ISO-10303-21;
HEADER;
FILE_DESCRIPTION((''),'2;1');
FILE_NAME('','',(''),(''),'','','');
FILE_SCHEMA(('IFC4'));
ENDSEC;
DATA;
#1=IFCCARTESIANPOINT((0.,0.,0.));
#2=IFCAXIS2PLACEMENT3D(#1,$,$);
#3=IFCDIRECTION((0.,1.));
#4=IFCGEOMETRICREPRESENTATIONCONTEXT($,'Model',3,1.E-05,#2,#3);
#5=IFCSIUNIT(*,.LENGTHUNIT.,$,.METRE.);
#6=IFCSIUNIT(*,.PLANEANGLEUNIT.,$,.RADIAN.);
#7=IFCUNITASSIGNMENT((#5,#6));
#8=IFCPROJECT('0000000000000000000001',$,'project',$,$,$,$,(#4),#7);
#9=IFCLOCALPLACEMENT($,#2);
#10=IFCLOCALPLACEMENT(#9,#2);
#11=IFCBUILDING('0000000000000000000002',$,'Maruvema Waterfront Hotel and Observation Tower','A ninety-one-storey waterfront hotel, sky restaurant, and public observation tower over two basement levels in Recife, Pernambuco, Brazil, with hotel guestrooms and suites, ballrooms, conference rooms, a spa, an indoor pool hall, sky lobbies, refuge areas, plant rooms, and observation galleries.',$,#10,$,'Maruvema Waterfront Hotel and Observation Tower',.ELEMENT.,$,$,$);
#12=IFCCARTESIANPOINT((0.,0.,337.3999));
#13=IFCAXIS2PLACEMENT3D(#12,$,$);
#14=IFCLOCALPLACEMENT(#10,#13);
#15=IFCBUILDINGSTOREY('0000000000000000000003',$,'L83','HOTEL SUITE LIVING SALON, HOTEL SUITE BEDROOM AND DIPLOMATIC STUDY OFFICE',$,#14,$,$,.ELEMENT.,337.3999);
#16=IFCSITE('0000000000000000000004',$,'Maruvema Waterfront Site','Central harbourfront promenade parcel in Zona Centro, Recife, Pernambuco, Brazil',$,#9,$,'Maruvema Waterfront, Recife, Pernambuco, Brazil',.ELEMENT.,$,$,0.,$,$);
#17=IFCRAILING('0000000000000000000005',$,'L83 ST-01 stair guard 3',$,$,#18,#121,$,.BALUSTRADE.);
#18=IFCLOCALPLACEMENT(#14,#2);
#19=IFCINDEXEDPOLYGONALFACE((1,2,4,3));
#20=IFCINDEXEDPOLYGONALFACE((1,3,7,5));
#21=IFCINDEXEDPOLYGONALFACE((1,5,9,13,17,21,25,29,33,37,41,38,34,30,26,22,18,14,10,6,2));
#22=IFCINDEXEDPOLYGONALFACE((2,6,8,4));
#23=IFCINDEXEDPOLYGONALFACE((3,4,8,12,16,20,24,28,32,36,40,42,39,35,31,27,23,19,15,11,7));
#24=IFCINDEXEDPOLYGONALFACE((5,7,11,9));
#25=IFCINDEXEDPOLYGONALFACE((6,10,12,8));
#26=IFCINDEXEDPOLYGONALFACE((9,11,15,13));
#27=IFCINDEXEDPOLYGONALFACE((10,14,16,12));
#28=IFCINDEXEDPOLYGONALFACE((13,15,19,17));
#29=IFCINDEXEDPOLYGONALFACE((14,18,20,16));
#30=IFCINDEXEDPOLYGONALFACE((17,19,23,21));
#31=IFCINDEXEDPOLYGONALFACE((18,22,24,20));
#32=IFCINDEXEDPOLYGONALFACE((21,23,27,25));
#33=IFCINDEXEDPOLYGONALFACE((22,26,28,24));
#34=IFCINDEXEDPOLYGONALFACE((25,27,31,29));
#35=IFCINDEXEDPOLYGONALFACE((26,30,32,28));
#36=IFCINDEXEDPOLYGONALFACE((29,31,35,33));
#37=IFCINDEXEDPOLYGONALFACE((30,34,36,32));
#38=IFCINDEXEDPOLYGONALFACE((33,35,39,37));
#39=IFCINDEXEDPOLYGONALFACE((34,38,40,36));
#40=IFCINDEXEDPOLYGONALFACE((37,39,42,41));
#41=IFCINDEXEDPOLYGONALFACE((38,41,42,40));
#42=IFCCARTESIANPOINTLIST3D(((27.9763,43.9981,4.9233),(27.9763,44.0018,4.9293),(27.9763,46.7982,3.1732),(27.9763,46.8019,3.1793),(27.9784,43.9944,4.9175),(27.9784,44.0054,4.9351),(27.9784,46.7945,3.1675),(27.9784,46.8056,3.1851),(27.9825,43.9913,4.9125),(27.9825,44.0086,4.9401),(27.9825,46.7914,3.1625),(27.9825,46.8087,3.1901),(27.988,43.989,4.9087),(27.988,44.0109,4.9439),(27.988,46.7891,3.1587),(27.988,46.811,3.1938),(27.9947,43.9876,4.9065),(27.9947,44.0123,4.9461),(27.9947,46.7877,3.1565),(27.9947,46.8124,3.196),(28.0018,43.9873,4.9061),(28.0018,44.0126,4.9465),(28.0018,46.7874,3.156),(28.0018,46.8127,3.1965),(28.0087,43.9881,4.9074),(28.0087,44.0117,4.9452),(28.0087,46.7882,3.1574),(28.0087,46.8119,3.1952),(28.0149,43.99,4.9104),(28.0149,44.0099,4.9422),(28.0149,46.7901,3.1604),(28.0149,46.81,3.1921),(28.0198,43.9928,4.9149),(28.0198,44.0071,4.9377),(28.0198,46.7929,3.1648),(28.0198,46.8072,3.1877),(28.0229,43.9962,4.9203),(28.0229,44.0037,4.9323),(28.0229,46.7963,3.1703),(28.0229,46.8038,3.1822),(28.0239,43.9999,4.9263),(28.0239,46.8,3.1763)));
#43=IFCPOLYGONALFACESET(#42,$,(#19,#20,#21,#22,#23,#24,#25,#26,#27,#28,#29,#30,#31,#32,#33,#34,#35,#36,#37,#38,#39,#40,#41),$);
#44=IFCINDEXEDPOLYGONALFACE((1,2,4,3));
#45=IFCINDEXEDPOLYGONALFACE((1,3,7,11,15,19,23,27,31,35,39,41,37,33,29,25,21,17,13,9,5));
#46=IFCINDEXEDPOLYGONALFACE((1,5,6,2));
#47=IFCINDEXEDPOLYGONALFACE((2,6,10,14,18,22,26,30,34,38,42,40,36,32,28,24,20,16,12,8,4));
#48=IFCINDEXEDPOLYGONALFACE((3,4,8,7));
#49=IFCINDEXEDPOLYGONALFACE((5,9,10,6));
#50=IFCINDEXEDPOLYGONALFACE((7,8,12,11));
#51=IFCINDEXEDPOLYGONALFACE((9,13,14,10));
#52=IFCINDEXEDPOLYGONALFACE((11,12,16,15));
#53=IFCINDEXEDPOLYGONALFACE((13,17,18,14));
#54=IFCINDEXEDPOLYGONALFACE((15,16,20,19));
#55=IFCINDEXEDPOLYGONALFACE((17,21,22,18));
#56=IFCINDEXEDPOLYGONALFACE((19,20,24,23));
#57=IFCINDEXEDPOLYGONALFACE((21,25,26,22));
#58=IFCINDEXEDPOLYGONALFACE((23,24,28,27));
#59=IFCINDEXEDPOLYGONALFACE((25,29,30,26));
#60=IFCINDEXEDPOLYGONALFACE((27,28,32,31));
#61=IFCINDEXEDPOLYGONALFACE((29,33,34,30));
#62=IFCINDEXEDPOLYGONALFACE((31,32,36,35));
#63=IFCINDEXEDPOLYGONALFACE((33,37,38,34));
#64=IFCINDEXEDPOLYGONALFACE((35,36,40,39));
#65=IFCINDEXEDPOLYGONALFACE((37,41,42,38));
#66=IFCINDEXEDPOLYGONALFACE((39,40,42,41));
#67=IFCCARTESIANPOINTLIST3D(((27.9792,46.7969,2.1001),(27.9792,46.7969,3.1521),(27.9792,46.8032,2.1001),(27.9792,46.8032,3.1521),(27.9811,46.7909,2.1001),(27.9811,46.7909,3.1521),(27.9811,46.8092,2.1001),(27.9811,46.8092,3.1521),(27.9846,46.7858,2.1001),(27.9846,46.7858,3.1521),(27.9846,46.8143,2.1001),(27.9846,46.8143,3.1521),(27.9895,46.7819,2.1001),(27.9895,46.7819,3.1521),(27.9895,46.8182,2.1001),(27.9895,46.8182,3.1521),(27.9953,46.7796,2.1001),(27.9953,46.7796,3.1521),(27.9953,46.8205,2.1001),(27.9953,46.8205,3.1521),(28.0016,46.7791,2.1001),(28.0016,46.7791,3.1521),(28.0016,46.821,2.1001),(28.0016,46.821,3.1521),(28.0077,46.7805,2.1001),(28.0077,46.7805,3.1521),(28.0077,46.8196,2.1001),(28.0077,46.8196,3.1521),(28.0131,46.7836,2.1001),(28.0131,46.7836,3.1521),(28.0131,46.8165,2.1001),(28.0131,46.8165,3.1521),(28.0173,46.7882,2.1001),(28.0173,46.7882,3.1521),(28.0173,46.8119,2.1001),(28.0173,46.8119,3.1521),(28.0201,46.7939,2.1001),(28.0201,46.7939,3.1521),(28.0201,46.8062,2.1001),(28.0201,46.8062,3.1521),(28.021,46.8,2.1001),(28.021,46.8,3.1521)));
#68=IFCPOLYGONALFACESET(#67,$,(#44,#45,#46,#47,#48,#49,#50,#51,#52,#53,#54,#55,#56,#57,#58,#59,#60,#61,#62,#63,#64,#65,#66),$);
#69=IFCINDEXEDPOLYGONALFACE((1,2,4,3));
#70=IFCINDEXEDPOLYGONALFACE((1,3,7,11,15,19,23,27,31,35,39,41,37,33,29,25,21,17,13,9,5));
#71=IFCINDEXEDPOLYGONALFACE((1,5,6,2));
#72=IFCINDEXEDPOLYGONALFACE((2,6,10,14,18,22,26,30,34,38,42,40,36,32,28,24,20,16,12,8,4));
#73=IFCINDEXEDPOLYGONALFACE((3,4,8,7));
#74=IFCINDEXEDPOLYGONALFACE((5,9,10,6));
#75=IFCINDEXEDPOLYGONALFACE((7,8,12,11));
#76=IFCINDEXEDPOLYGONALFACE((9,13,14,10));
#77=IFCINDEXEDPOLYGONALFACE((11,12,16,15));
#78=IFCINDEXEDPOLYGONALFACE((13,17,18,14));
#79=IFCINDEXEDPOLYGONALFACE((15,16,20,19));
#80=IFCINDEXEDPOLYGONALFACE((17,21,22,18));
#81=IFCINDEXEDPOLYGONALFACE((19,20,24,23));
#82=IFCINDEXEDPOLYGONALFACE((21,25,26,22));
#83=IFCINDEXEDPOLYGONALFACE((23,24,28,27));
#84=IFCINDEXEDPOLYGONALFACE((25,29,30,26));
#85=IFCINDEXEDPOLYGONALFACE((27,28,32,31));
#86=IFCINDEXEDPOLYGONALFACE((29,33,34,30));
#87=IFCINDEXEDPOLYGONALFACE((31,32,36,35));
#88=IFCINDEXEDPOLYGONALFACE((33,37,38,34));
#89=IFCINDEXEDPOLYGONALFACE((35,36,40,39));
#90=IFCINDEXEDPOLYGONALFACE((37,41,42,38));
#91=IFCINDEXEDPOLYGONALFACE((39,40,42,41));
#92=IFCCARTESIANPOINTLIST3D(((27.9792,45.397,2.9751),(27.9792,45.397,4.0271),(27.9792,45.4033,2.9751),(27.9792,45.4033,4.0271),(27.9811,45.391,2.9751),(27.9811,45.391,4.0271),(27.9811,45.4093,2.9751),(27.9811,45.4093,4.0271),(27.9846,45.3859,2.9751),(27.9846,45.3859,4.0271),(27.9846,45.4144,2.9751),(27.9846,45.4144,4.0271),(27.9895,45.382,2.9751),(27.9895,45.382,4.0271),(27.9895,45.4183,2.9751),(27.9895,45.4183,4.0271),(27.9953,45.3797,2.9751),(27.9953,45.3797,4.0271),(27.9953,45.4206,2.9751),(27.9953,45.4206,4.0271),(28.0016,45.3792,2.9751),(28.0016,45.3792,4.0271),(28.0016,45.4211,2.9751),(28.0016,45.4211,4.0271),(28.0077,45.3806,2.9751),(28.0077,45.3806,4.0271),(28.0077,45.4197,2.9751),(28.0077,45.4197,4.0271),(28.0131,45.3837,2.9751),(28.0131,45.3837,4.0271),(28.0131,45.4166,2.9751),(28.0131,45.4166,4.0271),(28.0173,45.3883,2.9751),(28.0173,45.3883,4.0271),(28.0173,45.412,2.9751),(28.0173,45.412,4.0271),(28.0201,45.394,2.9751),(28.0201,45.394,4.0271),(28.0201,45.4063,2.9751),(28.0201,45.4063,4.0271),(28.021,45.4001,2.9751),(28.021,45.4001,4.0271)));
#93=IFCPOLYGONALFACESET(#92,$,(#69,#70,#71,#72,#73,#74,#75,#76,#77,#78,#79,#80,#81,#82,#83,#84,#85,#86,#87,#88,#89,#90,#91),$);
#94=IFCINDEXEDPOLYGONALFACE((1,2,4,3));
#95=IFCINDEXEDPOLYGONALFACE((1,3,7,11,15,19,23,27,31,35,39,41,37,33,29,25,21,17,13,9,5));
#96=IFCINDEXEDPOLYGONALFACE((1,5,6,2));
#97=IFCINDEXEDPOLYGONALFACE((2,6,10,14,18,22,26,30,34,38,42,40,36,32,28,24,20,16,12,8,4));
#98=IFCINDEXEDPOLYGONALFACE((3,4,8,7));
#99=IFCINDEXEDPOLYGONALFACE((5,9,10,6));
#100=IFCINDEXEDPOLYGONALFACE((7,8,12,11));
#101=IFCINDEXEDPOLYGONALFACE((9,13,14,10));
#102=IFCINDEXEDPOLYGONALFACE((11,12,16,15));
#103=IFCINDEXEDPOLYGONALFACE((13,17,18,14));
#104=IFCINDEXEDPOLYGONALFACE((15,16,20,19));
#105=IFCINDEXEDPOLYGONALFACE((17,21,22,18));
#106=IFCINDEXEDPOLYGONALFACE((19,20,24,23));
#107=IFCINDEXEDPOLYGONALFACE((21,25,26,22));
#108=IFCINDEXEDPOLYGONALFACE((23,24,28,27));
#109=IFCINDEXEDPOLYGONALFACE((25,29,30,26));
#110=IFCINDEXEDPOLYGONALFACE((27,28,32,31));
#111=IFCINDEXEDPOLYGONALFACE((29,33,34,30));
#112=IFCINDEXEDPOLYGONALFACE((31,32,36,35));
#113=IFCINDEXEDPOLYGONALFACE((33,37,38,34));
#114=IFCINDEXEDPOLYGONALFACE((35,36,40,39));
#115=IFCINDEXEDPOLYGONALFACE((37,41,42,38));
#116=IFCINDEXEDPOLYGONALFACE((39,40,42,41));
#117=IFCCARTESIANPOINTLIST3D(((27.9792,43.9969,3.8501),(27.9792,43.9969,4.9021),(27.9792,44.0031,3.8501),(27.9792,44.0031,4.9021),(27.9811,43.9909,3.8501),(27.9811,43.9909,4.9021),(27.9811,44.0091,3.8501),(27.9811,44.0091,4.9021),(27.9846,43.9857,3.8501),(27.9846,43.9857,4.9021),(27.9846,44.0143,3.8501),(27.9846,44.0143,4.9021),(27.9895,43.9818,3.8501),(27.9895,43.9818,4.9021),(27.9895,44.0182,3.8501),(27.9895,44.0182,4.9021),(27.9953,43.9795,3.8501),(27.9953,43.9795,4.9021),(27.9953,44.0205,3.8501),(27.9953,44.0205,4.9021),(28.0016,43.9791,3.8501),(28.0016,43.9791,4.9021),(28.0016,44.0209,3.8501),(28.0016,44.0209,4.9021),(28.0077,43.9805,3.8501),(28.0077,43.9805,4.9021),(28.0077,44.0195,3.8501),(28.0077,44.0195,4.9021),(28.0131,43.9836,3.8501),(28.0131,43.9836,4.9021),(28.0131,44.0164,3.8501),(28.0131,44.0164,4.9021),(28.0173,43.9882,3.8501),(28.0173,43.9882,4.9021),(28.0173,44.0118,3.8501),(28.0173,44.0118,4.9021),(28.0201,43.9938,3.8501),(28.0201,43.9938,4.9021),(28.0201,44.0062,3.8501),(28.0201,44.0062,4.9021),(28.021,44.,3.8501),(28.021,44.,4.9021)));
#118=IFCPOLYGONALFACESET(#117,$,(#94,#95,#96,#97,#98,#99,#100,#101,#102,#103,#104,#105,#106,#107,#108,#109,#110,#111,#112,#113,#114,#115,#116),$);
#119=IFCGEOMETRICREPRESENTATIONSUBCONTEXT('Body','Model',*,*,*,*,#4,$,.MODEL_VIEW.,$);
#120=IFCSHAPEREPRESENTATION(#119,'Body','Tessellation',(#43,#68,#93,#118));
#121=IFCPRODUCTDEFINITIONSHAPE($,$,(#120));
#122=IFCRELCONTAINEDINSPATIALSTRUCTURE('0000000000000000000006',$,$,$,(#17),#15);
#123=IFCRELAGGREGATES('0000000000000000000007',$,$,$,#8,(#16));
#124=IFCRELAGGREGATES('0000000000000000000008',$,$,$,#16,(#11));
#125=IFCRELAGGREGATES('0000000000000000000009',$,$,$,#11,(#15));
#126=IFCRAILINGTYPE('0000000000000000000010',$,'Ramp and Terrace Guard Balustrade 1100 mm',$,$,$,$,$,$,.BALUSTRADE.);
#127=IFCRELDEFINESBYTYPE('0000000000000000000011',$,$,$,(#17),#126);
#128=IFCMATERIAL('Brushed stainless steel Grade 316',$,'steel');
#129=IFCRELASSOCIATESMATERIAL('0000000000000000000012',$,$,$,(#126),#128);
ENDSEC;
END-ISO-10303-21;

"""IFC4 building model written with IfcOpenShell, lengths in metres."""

from ifc_helpers import new_model, si_unit, direction, frame, origin, origin_2d, place, context, subcontext, project, spatial, circle, extrude, material, type_object, element, save


model = new_model("IFC4")

# Units and contexts
model_context = context("Model", 3, precision=1e-05, world=origin(), true_north=direction((0.0, 1.0)))
body_context = subcontext(model_context, "Body", "Model", "MODEL_VIEW")
ifc_project = project(units=[si_unit("LENGTHUNIT", "METRE"), si_unit("PLANEANGLEUNIT", "RADIAN")], contexts=[model_context])

# Site, building, storey
site_placement = place(None, origin())
site = spatial("IfcSite", under=ifc_project, at=site_placement, Name="Maruvema Waterfront Site", Description="Central harbourfront promenade parcel in Zona Centro, Recife, Pernambuco, Brazil", LongName="Maruvema Waterfront, Recife, Pernambuco, Brazil", CompositionType="ELEMENT", RefElevation=0.0)
building_placement = place(site_placement, origin())
building = spatial("IfcBuilding", under=site, at=building_placement, Name="Maruvema Waterfront Hotel and Observation Tower", Description="A ninety-one-storey waterfront hotel, sky restaurant, and public observation tower over two basement levels in Recife, Pernambuco, Brazil, with hotel guestrooms and suites, ballrooms, conference rooms, a spa, an indoor pool hall, sky lobbies, refuge areas, plant rooms, and observation galleries.", LongName="Maruvema Waterfront Hotel and Observation Tower", CompositionType="ELEMENT")
storey_placement = place(building_placement, frame((0.0, 0.0, 337.3999)))
storey = spatial("IfcBuildingStorey", under=building, at=storey_placement, Name="L83", Description="HOTEL SUITE LIVING SALON, HOTEL SUITE BEDROOM AND DIPLOMATIC STUDY OFFICE", CompositionType="ELEMENT", Elevation=337.3999)

# Railing
ifc_material_1 = material(Name="Brushed stainless steel Grade 316", Category="steel")
railing_type_1 = type_object("IfcRailingType", Name="Ramp and Terrace Guard Balustrade 1100 mm", PredefinedType="BALUSTRADE", material=ifc_material_1)
railing_1_placement = place(storey_placement, frame((28.0, 46.8, 2.1001)))
element("IfcRailing", 1, at=railing_1_placement, inside=storey, type_object=railing_type_1, Name="L83 ST-01 stair guard 3", PredefinedType="BALUSTRADE", context=body_context, shape_type="SweptSolid", body=[
    extrude(circle(Radius=0.0239, at=origin_2d()), frame((0.0, 0.0, 1.0762), z_axis=(0.0, -0.848002, 0.529992), x_axis=(1.0, 0.0, 0.0)), (0.0, 0.0, 1.0), 3.302),
    extrude(circle(Radius=0.021, at=origin_2d()), origin(), (0.0, 0.0, 1.0), 1.052),
    extrude(circle(Radius=0.021, at=origin_2d()), frame((0.0, -1.3999, 0.875)), (0.0, 0.0, 1.0), 1.052),
    extrude(circle(Radius=0.021, at=origin_2d()), frame((0.0, -2.8, 1.75)), (0.0, 0.0, 1.0), 1.052),
])

save(model, "model.ifc")
